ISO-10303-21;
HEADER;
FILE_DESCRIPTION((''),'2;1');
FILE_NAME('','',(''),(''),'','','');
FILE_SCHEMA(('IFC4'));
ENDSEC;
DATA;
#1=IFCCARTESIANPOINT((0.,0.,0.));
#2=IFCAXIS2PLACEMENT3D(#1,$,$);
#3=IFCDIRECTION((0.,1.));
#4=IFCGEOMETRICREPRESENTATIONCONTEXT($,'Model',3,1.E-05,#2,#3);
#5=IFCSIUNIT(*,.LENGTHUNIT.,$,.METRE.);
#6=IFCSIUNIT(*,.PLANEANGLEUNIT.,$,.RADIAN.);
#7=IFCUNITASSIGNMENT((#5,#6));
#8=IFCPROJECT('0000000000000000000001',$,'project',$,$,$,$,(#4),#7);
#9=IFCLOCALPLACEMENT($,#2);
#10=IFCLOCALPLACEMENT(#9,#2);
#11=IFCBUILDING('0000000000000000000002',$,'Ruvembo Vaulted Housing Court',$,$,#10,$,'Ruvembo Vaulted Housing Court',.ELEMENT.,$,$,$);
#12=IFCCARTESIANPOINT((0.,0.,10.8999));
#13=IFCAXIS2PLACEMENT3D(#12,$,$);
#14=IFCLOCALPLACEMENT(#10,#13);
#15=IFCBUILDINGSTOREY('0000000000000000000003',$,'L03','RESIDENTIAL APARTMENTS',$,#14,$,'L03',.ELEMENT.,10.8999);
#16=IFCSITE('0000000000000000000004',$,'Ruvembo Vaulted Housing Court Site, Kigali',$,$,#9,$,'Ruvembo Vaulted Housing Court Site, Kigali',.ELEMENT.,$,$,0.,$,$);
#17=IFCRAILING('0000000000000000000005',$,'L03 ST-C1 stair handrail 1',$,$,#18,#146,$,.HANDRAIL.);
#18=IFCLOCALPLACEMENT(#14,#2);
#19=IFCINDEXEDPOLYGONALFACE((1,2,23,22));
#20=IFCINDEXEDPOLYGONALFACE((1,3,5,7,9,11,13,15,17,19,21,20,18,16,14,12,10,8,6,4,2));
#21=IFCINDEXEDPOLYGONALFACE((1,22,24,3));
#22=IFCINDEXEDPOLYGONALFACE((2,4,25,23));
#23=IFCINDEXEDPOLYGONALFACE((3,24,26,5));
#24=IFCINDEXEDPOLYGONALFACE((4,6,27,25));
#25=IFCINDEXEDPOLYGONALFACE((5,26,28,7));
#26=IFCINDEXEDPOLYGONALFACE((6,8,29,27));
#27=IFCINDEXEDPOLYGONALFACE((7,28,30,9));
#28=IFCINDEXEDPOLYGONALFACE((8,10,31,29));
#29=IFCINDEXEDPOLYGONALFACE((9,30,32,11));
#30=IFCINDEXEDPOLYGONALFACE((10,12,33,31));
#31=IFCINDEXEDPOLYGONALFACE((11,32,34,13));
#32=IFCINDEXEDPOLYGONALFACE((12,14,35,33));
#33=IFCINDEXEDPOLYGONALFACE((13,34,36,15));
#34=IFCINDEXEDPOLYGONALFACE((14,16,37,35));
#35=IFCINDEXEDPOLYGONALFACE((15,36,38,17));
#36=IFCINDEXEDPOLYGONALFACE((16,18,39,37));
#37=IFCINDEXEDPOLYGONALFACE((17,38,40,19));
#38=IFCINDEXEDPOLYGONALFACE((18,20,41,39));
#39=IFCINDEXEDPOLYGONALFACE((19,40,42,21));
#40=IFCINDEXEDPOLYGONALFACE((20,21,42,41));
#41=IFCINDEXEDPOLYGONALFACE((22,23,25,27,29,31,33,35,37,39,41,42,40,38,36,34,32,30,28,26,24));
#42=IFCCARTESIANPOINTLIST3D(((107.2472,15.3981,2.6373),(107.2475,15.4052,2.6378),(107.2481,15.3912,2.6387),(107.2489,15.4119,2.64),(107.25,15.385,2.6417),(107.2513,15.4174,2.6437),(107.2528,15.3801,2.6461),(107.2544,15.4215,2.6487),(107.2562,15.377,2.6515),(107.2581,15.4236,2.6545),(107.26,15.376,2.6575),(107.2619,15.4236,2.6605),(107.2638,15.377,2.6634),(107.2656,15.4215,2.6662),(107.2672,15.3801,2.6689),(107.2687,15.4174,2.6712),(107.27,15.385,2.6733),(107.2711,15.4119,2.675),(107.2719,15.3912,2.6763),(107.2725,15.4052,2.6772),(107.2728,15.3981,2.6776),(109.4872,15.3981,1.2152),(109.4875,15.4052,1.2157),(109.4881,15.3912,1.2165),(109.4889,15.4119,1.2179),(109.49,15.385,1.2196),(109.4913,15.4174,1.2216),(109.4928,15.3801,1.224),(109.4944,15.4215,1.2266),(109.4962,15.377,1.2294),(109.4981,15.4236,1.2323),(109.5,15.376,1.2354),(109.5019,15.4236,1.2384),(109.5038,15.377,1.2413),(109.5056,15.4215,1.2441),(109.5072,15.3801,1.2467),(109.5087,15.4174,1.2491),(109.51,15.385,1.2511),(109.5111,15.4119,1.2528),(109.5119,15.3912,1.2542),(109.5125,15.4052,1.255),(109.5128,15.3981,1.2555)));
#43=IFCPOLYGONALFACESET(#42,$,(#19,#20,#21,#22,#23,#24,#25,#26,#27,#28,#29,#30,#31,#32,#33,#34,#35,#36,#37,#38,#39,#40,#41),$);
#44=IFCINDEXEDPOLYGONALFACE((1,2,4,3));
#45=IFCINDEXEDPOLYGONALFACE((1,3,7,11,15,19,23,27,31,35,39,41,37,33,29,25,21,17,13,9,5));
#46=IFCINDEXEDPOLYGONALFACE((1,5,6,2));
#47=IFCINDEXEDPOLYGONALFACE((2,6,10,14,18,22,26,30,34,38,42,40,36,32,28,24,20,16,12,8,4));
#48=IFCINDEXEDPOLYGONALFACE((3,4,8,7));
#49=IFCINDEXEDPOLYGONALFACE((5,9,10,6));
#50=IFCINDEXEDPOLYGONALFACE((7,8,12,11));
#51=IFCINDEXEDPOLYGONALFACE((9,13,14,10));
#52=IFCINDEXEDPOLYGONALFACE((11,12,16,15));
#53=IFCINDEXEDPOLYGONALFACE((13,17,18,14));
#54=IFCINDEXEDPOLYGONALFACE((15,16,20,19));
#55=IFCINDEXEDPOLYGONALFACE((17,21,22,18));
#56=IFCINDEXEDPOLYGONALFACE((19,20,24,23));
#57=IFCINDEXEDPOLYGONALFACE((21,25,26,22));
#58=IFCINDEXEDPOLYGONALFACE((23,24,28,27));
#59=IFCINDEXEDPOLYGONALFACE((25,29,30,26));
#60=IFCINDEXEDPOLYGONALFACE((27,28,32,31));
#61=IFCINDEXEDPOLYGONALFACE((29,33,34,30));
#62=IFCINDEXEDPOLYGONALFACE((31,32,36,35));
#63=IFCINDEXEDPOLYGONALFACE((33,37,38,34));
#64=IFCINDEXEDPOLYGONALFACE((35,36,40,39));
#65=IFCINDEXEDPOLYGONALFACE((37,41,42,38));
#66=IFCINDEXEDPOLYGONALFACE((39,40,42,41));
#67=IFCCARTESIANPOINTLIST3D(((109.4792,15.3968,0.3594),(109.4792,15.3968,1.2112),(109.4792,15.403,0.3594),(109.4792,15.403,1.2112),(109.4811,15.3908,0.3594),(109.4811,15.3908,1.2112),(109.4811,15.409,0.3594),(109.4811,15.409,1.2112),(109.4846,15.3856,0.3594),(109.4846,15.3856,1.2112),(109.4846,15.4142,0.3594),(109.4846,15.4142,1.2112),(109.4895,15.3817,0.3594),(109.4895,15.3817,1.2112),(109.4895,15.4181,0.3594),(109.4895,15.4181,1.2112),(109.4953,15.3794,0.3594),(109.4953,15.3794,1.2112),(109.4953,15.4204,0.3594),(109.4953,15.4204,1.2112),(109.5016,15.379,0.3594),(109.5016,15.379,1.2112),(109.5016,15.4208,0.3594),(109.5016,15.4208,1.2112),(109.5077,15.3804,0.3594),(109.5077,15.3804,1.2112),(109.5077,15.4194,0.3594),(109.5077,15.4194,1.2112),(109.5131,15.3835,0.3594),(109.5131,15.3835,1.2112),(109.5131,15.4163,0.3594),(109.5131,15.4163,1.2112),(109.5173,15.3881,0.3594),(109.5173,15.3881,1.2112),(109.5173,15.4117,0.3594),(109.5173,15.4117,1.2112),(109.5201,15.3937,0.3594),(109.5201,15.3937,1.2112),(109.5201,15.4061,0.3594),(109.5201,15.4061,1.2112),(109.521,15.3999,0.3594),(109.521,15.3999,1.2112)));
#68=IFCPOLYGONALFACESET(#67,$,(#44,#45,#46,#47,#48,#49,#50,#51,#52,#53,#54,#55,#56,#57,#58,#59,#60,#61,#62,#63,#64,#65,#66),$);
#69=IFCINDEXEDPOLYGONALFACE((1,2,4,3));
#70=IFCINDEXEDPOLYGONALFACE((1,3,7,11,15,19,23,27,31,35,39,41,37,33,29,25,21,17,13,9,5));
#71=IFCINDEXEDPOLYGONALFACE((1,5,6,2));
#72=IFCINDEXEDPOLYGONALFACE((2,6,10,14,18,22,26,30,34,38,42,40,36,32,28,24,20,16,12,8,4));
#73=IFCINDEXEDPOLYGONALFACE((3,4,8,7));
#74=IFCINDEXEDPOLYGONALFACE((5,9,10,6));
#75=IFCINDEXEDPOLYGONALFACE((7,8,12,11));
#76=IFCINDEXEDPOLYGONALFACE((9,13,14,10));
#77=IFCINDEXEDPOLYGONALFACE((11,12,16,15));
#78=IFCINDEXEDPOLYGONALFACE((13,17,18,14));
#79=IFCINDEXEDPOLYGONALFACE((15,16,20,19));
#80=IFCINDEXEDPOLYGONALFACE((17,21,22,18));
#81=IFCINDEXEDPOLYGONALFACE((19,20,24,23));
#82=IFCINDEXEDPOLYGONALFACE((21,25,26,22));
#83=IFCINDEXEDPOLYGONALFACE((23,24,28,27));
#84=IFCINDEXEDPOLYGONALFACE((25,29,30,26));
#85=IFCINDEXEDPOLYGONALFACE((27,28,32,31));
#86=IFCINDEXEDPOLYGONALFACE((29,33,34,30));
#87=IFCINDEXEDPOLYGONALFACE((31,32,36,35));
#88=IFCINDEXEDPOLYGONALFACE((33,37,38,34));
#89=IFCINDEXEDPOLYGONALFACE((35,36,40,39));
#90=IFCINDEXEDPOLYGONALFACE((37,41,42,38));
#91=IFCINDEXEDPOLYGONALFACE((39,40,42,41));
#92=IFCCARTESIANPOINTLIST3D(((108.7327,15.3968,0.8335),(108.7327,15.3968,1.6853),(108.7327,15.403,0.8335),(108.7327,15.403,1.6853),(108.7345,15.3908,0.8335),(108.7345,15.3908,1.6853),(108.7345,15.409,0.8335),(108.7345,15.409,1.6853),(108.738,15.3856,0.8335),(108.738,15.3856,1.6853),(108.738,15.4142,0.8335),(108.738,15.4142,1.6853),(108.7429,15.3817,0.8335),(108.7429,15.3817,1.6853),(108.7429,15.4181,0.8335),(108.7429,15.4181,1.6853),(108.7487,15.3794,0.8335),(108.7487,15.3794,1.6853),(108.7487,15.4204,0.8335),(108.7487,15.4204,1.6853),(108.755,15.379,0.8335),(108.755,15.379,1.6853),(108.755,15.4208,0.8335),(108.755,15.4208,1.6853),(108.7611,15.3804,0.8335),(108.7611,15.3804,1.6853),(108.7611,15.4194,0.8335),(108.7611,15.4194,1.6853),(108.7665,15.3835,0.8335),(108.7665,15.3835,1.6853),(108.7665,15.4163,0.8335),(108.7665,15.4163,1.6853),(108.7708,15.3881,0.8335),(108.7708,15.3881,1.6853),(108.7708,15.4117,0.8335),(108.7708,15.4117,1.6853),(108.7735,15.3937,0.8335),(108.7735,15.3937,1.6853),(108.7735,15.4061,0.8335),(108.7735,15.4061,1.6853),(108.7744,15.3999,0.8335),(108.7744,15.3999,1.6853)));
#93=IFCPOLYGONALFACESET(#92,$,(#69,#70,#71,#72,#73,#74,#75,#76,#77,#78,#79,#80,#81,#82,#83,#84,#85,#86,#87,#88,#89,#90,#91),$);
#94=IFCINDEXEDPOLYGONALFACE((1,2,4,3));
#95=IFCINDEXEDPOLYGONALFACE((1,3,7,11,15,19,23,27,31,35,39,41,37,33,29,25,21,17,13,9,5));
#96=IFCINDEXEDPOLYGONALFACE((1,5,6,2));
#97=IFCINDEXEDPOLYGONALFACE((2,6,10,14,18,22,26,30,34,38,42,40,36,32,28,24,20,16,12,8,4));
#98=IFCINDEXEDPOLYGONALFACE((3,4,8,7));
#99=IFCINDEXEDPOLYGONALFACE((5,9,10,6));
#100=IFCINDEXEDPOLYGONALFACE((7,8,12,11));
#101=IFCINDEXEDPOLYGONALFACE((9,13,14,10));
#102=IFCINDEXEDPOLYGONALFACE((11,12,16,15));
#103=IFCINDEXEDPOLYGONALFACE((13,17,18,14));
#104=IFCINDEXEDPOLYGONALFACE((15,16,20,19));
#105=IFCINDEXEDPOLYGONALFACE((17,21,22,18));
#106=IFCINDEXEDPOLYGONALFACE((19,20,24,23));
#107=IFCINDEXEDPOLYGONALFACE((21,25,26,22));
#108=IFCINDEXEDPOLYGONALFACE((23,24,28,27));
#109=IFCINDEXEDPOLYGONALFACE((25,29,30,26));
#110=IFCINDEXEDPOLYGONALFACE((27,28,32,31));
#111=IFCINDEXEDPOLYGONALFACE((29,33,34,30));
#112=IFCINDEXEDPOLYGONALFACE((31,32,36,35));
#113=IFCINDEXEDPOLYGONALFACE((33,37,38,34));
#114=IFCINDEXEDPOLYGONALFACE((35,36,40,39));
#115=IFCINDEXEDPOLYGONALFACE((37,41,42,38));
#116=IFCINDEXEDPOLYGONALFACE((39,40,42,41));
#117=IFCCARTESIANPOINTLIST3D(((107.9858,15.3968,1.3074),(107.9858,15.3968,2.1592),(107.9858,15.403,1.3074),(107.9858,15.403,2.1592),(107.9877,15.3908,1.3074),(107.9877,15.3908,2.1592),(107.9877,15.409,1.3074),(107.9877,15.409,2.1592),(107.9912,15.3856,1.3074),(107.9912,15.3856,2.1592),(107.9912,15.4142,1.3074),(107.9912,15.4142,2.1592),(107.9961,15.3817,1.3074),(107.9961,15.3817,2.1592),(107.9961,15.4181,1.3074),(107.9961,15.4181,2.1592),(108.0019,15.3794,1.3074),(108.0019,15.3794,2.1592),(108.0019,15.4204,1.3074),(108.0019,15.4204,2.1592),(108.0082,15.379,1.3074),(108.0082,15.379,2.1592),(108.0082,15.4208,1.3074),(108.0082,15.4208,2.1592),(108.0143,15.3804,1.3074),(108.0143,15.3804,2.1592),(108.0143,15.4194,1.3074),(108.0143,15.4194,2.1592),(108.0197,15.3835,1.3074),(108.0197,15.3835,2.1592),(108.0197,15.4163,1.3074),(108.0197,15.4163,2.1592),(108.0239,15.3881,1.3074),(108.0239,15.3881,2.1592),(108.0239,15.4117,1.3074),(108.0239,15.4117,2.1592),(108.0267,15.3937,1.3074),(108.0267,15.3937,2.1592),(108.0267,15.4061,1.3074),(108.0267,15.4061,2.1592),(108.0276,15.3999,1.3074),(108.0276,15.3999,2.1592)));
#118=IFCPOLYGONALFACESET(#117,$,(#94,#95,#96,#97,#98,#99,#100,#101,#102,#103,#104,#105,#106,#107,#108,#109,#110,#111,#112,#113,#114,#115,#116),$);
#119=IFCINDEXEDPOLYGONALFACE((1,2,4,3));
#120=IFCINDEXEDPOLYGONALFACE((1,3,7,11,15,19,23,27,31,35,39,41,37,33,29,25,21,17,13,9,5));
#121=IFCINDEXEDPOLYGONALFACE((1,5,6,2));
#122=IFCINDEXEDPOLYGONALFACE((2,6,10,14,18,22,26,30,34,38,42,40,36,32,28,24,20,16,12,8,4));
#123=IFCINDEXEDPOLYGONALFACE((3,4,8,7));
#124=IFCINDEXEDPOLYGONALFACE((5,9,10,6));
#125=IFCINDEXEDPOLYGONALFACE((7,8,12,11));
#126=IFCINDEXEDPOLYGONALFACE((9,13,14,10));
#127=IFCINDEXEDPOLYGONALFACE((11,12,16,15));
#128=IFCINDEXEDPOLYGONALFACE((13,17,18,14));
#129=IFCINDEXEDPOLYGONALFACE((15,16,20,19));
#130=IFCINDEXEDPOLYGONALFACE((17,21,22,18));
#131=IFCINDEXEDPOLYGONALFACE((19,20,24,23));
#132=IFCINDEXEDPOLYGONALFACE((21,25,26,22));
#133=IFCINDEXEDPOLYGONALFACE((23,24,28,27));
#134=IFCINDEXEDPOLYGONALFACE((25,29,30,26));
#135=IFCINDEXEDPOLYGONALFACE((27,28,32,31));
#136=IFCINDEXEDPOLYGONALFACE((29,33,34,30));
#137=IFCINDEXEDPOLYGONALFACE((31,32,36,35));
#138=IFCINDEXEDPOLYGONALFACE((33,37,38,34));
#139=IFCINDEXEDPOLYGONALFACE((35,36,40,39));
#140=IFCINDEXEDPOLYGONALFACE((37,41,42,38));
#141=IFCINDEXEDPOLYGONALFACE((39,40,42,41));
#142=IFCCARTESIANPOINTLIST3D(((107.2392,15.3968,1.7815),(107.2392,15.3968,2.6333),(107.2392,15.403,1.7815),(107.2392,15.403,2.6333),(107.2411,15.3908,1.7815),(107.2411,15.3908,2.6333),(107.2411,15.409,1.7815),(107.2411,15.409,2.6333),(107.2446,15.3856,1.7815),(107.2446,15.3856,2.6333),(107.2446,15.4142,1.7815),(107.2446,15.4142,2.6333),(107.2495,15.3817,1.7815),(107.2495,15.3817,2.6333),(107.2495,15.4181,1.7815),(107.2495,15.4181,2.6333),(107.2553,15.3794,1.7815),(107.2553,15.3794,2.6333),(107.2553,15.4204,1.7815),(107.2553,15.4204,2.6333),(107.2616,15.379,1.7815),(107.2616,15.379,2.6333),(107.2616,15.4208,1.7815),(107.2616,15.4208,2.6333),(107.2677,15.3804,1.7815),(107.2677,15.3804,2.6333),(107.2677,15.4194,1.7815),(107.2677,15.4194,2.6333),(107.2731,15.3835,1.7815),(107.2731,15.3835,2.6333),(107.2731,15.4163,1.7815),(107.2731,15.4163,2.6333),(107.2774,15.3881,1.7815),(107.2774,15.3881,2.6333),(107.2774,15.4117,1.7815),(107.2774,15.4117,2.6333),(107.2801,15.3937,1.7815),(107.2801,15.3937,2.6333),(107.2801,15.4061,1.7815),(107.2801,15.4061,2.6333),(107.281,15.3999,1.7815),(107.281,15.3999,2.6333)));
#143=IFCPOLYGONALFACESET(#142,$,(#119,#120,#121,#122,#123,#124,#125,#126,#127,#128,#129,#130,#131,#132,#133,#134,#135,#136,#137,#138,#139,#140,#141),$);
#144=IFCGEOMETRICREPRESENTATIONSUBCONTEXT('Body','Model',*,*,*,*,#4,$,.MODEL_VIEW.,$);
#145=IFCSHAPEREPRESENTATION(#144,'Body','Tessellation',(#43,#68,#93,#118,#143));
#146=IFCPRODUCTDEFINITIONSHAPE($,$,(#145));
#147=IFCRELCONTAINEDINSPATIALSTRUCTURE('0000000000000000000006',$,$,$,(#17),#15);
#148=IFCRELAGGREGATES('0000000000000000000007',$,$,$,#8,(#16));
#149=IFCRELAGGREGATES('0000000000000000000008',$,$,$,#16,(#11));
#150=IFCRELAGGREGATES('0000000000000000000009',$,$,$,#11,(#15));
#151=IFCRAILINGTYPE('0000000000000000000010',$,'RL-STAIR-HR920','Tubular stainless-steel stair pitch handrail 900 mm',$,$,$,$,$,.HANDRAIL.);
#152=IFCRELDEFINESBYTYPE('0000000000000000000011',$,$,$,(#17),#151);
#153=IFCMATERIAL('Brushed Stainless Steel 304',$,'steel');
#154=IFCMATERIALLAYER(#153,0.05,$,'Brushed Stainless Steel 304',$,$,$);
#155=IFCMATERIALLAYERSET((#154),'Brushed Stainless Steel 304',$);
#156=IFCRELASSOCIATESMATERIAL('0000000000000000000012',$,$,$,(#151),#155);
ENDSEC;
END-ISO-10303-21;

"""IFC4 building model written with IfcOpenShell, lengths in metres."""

from ifc_helpers import new_model, si_unit, direction, frame, origin, origin_2d, place, context, subcontext, project, spatial, circle, extrude, material, layer, layer_set, type_object, element, save


model = new_model("IFC4")

# Units and contexts
model_context = context("Model", 3, precision=1e-05, world=origin(), true_north=direction((0.0, 1.0)))
body_context = subcontext(model_context, "Body", "Model", "MODEL_VIEW")
ifc_project = project(units=[si_unit("LENGTHUNIT", "METRE"), si_unit("PLANEANGLEUNIT", "RADIAN")], contexts=[model_context])

# Site, building, storey
site_placement = place(None, origin())
site = spatial("IfcSite", under=ifc_project, at=site_placement, Name="Ruvembo Vaulted Housing Court Site, Kigali", LongName="Ruvembo Vaulted Housing Court Site, Kigali", CompositionType="ELEMENT", RefElevation=0.0)
building_placement = place(site_placement, origin())
building = spatial("IfcBuilding", under=site, at=building_placement, Name="Ruvembo Vaulted Housing Court", LongName="Ruvembo Vaulted Housing Court", CompositionType="ELEMENT")
storey_placement = place(building_placement, frame((0.0, 0.0, 10.8999)))
storey = spatial("IfcBuildingStorey", under=building, at=storey_placement, Name="L03", Description="RESIDENTIAL APARTMENTS", LongName="L03", CompositionType="ELEMENT", Elevation=10.8999)

# Shared definitions
ifc_material_1 = material(Name="Brushed Stainless Steel 304", Category="steel")

# Railing
ifc_layer_1 = layer(ifc_material_1, 0.05, Name="Brushed Stainless Steel 304")
ifc_layer_set_1 = layer_set([ifc_layer_1], Name="Brushed Stainless Steel 304")
railing_type_1 = type_object("IfcRailingType", Name="RL-STAIR-HR920", Description="Tubular stainless-steel stair pitch handrail 900 mm", PredefinedType="HANDRAIL", material=ifc_layer_set_1)
railing_1_placement = place(storey_placement, frame((109.5, 15.3999, 0.3594)))
element("IfcRailing", 1, at=railing_1_placement, inside=storey, type_object=railing_type_1, Name="L03 ST-C1 stair handrail 1", PredefinedType="HANDRAIL", context=body_context, shape_type="SweptSolid", body=[
    extrude(circle(Radius=0.0239, at=origin_2d()), frame((0.0, 0.0, 0.876), z_axis=(-0.844229, 0.0, 0.535982), x_axis=(0.0, -1.0, 0.0)), (0.0, 0.0, 1.0), 2.6533),
    extrude(circle(Radius=0.021, at=origin_2d()), origin(), (0.0, 0.0, 1.0), 0.8518),
    extrude(circle(Radius=0.021, at=origin_2d()), frame((-0.7466, 0.0, 0.4741)), (0.0, 0.0, 1.0), 0.8518),
    extrude(circle(Radius=0.021, at=origin_2d()), frame((-1.4934, 0.0, 0.948)), (0.0, 0.0, 1.0), 0.8518),
    extrude(circle(Radius=0.021, at=origin_2d()), frame((-2.24, 0.0, 1.4221)), (0.0, 0.0, 1.0), 0.8518),
])

save(model, "model.ifc")
